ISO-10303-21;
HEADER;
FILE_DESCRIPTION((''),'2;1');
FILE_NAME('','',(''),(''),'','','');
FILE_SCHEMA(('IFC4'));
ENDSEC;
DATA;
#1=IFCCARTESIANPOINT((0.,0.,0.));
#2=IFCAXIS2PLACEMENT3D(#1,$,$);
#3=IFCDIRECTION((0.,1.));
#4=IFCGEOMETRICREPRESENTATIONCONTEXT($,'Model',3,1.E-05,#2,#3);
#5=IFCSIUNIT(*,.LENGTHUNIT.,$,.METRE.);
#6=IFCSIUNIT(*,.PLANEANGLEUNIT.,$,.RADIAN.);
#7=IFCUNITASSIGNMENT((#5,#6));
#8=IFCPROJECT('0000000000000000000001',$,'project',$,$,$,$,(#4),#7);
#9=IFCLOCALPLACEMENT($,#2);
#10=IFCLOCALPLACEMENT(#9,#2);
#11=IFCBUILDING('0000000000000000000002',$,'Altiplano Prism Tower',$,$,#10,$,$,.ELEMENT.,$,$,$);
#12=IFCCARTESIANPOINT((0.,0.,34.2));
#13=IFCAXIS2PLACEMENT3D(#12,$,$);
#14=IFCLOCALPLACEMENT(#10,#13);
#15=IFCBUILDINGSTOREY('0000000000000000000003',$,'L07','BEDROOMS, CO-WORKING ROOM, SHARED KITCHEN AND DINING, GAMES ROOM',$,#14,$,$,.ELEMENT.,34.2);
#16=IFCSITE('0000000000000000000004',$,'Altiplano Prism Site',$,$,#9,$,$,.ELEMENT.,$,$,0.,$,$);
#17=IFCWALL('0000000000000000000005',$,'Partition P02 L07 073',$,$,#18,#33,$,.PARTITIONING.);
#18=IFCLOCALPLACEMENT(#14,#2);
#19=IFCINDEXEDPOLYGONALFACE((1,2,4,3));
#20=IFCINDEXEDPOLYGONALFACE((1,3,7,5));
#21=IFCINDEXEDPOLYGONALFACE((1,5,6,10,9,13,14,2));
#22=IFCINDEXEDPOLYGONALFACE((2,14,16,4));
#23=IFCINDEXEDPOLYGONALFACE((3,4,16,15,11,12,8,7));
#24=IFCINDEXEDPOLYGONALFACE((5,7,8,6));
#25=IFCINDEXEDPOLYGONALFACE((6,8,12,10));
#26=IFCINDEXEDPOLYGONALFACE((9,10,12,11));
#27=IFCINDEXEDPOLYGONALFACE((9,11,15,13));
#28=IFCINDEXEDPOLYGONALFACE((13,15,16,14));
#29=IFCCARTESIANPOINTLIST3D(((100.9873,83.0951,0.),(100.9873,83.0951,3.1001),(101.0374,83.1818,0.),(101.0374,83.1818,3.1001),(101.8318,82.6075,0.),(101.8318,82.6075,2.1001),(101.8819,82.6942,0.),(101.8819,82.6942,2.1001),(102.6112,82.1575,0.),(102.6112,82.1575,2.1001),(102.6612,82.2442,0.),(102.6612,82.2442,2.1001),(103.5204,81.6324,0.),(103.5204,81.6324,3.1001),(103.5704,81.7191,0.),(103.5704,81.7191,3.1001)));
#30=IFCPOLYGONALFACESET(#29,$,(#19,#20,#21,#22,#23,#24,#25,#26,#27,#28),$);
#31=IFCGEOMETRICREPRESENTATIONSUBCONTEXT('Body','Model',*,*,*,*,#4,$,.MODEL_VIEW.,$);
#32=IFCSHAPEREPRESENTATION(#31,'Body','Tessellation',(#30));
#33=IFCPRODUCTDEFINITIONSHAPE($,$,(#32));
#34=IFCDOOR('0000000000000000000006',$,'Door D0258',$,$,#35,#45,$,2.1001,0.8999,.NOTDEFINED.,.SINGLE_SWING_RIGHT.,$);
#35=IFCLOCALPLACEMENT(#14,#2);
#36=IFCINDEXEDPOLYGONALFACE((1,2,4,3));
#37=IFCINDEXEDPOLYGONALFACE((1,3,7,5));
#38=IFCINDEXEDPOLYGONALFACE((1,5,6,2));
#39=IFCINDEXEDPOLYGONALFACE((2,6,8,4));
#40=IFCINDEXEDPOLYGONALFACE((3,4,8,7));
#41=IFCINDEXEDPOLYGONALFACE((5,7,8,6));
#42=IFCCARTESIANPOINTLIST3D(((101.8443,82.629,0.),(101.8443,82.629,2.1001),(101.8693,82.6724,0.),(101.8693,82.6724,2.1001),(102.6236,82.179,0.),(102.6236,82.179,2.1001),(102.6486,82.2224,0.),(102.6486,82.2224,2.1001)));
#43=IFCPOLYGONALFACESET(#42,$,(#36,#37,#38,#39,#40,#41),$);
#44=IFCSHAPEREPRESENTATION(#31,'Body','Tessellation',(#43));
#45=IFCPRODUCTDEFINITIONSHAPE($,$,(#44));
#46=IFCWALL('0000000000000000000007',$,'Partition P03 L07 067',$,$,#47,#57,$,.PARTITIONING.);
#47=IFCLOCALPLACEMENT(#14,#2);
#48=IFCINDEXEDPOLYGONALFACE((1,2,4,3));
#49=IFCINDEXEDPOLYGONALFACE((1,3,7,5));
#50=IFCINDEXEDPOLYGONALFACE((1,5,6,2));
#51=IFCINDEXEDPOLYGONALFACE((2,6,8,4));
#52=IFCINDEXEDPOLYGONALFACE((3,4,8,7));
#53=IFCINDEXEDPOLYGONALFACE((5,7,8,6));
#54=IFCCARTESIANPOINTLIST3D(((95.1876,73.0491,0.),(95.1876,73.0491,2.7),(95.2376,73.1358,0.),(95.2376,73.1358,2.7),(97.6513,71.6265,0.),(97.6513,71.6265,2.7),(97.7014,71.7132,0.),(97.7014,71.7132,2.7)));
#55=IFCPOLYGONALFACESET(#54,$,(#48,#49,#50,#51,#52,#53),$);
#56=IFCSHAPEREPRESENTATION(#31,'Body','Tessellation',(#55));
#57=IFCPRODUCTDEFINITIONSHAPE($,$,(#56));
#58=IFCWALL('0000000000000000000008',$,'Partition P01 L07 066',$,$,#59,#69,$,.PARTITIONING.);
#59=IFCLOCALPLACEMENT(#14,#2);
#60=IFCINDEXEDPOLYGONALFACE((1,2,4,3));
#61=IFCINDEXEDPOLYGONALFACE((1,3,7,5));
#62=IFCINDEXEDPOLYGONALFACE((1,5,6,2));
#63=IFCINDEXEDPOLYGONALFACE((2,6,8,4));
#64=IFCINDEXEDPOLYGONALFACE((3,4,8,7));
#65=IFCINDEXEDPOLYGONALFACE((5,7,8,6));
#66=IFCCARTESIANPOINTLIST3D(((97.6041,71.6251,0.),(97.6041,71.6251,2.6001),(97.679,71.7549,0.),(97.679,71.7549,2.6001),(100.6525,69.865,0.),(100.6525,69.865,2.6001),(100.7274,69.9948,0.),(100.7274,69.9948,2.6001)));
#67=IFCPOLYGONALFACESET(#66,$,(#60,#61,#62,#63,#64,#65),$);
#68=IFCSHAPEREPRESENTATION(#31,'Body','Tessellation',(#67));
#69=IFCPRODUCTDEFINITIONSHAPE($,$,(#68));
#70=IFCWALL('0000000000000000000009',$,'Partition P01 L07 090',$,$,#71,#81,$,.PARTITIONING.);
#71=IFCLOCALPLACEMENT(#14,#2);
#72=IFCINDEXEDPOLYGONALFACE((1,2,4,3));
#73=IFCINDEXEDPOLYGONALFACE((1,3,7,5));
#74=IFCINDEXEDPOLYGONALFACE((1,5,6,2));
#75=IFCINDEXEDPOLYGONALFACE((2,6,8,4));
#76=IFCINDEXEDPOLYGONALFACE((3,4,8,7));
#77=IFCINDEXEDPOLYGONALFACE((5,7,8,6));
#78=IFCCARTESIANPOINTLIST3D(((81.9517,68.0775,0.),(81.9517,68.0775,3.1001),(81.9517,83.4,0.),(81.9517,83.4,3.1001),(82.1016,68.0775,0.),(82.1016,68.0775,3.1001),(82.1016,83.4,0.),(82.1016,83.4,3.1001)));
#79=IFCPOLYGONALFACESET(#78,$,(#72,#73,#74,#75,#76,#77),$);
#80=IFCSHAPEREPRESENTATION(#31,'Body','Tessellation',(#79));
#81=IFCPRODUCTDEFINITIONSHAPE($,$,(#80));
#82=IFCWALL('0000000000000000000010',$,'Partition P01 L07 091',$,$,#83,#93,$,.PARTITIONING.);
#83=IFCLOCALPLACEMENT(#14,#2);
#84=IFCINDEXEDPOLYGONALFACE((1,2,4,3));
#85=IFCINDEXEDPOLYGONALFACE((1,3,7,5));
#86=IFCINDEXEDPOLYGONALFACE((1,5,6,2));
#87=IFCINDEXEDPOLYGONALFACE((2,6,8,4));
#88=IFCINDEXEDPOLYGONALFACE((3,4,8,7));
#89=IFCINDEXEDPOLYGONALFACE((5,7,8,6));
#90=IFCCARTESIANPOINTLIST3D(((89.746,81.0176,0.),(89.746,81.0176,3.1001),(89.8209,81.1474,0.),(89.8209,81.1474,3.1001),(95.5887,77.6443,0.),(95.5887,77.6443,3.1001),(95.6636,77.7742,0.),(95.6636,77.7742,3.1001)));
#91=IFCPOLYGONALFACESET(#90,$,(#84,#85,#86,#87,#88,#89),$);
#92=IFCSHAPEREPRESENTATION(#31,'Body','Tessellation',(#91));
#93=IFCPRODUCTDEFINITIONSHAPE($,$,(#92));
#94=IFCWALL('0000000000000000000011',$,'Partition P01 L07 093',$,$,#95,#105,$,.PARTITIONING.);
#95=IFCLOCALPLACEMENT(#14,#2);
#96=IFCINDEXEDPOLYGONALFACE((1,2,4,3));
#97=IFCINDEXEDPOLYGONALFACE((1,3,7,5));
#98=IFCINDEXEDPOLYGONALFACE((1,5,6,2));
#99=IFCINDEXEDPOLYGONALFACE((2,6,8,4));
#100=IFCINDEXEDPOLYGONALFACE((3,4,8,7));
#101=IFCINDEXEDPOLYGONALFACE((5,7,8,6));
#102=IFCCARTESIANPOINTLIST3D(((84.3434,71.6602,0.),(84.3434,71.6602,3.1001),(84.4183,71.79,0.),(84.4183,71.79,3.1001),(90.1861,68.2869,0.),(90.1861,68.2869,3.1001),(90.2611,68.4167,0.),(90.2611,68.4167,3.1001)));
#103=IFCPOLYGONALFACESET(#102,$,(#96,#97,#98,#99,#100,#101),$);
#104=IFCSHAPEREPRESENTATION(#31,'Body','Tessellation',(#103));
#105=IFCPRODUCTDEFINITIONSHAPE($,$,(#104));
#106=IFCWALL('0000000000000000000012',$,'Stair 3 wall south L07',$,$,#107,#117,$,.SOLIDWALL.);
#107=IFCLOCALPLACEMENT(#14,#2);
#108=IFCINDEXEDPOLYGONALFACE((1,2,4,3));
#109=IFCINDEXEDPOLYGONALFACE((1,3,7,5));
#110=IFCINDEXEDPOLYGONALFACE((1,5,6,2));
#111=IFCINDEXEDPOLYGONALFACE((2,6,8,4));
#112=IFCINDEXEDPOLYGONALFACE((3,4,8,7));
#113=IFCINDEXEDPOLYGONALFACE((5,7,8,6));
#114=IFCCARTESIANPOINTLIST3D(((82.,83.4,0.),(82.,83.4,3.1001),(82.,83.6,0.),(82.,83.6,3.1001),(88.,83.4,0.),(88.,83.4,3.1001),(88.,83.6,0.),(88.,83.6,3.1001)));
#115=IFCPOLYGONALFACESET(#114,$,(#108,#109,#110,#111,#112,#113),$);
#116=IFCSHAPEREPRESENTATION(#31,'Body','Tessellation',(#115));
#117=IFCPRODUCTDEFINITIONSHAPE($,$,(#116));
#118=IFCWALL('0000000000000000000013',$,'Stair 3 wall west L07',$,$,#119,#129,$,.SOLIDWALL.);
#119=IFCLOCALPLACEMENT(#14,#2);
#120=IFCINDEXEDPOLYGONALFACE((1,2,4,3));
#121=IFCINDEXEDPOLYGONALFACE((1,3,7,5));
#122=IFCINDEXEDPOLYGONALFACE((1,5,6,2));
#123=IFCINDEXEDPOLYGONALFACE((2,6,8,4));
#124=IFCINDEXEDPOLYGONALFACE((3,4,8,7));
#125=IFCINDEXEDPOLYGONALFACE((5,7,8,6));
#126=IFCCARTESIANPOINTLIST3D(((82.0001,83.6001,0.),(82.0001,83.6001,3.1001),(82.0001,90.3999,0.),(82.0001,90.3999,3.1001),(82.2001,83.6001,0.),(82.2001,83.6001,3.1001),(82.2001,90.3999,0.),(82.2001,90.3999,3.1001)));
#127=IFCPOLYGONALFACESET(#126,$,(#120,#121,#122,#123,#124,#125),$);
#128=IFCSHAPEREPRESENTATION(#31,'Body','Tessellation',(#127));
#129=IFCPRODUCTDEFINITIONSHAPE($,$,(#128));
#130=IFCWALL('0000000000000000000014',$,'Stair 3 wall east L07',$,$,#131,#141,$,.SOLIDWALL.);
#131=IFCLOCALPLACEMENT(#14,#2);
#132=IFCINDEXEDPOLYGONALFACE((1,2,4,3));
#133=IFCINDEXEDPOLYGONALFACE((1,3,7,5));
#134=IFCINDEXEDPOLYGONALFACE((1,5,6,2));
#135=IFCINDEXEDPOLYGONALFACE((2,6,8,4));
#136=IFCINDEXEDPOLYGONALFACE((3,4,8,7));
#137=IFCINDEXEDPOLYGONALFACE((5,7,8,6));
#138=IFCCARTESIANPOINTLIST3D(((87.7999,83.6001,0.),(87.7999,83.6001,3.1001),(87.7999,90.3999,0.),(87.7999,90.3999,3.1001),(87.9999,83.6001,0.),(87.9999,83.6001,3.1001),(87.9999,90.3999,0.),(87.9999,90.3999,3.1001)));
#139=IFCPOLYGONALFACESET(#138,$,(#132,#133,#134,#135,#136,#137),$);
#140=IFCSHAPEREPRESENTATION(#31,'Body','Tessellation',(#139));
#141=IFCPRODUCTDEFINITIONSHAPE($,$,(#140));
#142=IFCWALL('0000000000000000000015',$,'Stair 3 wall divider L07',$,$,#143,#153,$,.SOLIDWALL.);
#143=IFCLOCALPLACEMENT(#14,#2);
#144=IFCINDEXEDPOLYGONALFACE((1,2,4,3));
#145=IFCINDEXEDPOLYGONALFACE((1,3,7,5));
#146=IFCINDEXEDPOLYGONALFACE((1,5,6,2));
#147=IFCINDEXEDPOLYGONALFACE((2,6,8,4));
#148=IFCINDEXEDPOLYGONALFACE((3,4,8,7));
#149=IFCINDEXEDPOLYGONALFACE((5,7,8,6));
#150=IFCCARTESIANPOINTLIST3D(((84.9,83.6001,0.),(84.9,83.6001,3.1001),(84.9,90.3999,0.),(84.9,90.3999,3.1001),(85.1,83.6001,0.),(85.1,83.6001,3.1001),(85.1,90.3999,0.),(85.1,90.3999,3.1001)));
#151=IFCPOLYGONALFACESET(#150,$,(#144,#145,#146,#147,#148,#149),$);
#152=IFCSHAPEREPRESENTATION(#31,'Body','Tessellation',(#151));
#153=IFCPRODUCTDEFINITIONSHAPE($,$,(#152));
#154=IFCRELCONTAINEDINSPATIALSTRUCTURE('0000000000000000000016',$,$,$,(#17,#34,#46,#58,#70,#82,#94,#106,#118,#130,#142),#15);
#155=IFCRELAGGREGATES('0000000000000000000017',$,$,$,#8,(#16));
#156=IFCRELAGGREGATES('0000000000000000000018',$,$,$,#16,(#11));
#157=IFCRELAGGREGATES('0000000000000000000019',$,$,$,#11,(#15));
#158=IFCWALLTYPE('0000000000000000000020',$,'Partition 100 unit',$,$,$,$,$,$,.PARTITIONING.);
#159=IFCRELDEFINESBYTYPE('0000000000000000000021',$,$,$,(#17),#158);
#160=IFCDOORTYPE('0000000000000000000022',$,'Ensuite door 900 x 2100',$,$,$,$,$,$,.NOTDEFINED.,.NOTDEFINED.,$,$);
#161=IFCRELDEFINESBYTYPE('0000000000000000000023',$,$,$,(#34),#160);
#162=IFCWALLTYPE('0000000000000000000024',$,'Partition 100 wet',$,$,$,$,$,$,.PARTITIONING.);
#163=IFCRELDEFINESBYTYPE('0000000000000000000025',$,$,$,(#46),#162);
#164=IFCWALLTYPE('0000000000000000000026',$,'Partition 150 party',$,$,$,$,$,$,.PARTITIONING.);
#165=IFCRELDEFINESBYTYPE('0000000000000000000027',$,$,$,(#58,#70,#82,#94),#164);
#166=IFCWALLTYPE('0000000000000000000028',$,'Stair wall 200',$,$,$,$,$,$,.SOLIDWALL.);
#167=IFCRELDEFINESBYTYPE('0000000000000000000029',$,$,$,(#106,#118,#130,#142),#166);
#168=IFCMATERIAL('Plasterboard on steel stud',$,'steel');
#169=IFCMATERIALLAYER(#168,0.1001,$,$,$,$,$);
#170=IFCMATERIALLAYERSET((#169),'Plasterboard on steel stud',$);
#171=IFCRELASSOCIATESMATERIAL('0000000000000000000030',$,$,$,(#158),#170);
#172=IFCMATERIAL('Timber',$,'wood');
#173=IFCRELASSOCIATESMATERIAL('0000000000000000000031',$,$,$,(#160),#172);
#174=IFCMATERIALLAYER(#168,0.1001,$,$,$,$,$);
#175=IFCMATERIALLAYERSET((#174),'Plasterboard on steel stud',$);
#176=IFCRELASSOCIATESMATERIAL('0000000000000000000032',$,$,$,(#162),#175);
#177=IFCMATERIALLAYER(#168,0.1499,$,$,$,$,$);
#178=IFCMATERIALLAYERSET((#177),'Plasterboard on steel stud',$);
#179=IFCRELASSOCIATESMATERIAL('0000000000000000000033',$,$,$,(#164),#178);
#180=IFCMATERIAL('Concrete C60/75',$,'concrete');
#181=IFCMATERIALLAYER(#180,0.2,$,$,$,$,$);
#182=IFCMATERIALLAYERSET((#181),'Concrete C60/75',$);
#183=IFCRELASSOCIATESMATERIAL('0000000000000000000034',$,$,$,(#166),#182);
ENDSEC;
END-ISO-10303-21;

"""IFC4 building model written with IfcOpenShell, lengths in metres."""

from ifc_helpers import new_model, si_unit, direction, frame, frame_2d, origin, place, context, subcontext, project, spatial, rectangle, extrude, material, layer, layer_set, type_object, element, fill, save


model = new_model("IFC4")

# Units and contexts
model_context = context("Model", 3, precision=1e-05, world=origin(), true_north=direction((0.0, 1.0)))
body_context = subcontext(model_context, "Body", "Model", "MODEL_VIEW")
ifc_project = project(units=[si_unit("LENGTHUNIT", "METRE"), si_unit("PLANEANGLEUNIT", "RADIAN")], contexts=[model_context])

# Site, building, storey
site_placement = place(None, origin())
site = spatial("IfcSite", under=ifc_project, at=site_placement, Name="Altiplano Prism Site", CompositionType="ELEMENT", RefElevation=0.0)
building_placement = place(site_placement, origin())
building = spatial("IfcBuilding", under=site, at=building_placement, Name="Altiplano Prism Tower", CompositionType="ELEMENT")
storey_placement = place(building_placement, frame((0.0, 0.0, 34.2)))
storey = spatial("IfcBuildingStorey", under=building, at=storey_placement, Name="L07", Description="BEDROOMS, CO-WORKING ROOM, SHARED KITCHEN AND DINING, GAMES ROOM", CompositionType="ELEMENT", Elevation=34.2)

# Shared definitions
ifc_material_1 = material(Name="Concrete C60/75", Category="concrete")

# Shared definitions
ifc_material_2 = material(Name="Plasterboard on steel stud", Category="steel")
ifc_layer_1 = layer(ifc_material_2, 0.1001)
ifc_layer_set_1 = layer_set([ifc_layer_1], Name="Plasterboard on steel stud")
wall_type_1 = type_object("IfcWallType", Name="Partition 100 unit", PredefinedType="PARTITIONING", material=ifc_layer_set_1)

# Wall, opening, door
ifc_material_3 = material(Name="Timber", Category="wood")
door_type = type_object("IfcDoorType", Name="Ensuite door 900 x 2100", OperationType="NOTDEFINED", PredefinedType="NOTDEFINED", material=ifc_material_3)
wall_1_placement = place(storey_placement, frame((101.0125, 83.1384, 0.0), z_axis=(0.0, 0.0, 1.0), x_axis=(0.86599, -0.500062, 0.0)))
wall_1 = element("IfcWall", 1, at=wall_1_placement, inside=storey, type_object=wall_type_1, Name="Partition P02 L07 073", PredefinedType="PARTITIONING", context=body_context, shape_type="SweptSolid", body=[
    extrude(rectangle(XDim=2.925, YDim=0.1001, at=frame_2d((1.4624, 0.0))), origin(), (0.0, 0.0, 1.0), 3.1001),
])
opening_1_placement = place(wall_1_placement, frame((0.9751, 0.0, 0.0)))
opening_1 = element("IfcOpeningElement", 2, at=opening_1_placement, cuts=wall_1, PredefinedType="OPENING", context=body_context, shape_type="SweptSolid", body=[
    extrude(rectangle(XDim=0.8999, YDim=2.1001, at=frame_2d((0.45, 1.05))), frame((0.0, 0.0605, 0.0), z_axis=(0.0, -1.0, 0.0), x_axis=(1.0, 0.0, 0.0)), (0.0, 0.0, 1.0), 0.1211),
])
door_1_placement = place(opening_1_placement, origin())
door_1 = element("IfcDoor", 3, at=door_1_placement, inside=storey, type_object=door_type, Name="Door D0258", OperationType="SINGLE_SWING_RIGHT", OverallHeight=2.1001, OverallWidth=0.8999, PredefinedType="NOTDEFINED", context=body_context, shape_type="SweptSolid", body=[
    extrude(rectangle(XDim=0.8999, YDim=2.1001, at=frame_2d((0.45, 1.05))), frame((0.0, 0.0249, 0.0), z_axis=(0.0, -1.0, 0.0), x_axis=(1.0, 0.0, 0.0)), (0.0, 0.0, 1.0), 0.05),
])
fill(opening_1, door_1)

# Walls
ifc_layer_2 = layer(ifc_material_2, 0.1001)
ifc_layer_set_2 = layer_set([ifc_layer_2], Name="Plasterboard on steel stud")
wall_type_2 = type_object("IfcWallType", Name="Partition 100 wet", PredefinedType="PARTITIONING", material=ifc_layer_set_2)
wall_2_placement = place(storey_placement, frame((97.6763, 71.6699, 0.0), z_axis=(0.0, 0.0, 1.0), x_axis=(-0.866011, 0.500025, 0.0)))
element("IfcWall", 4, at=wall_2_placement, inside=storey, type_object=wall_type_2, Name="Partition P03 L07 067", PredefinedType="PARTITIONING", context=body_context, shape_type="SweptSolid", body=[
    extrude(rectangle(XDim=2.845, YDim=0.1001, at=frame_2d((1.4224, 0.0))), origin(), (0.0, 0.0, 1.0), 2.7),
])
ifc_layer_3 = layer(ifc_material_2, 0.1499)
ifc_layer_set_3 = layer_set([ifc_layer_3], Name="Plasterboard on steel stud")
wall_type_3 = type_object("IfcWallType", Name="Partition 150 party", PredefinedType="PARTITIONING", material=ifc_layer_set_3)
wall_3_placement = place(storey_placement, frame((100.6899, 69.9299, 0.0), z_axis=(0.0, 0.0, 1.0), x_axis=(-0.866019, 0.500011, 0.0)))
element("IfcWall", 5, at=wall_3_placement, inside=storey, type_object=wall_type_3, Name="Partition P01 L07 066", PredefinedType="PARTITIONING", context=body_context, shape_type="SweptSolid", body=[
    extrude(rectangle(XDim=3.52, YDim=0.1499, at=frame_2d((1.76, 0.0))), origin(), (0.0, 0.0, 1.0), 2.6001),
])
wall_4_placement = place(storey_placement, frame((82.0266, 83.3999, 0.0), z_axis=(0.0, 0.0, 1.0), x_axis=(0.0, -1.0, 0.0)))
element("IfcWall", 6, at=wall_4_placement, inside=storey, type_object=wall_type_3, Name="Partition P01 L07 090", PredefinedType="PARTITIONING", context=body_context, shape_type="SweptSolid", body=[
    extrude(rectangle(XDim=15.3225, YDim=0.1499, at=frame_2d((7.6611, 0.0))), origin(), (0.0, 0.0, 1.0), 3.1001),
])
for number, where, z_axis, x_axis, name in (
    (7, (89.7834, 81.0825, 0.0), (0.0, 0.0, 1.0), (0.866028, -0.499996, 0.0), "Partition P01 L07 091"),
    (8, (84.3809, 71.7251, 0.0), (0.0, 0.0, 1.0), (0.866028, -0.499996, 0.0), "Partition P01 L07 093"),
):
    element("IfcWall", number, at=place(storey_placement, frame(where, z_axis=z_axis, x_axis=x_axis)), inside=storey, type_object=wall_type_3, Name=name, PredefinedType="PARTITIONING", context=body_context, shape_type="SweptSolid", body=[
        extrude(rectangle(XDim=6.7466, YDim=0.1499, at=frame_2d((3.3733, 0.0))), origin(), (0.0, 0.0, 1.0), 3.1001),
    ])
ifc_layer_4 = layer(ifc_material_1, 0.2)
ifc_layer_set_4 = layer_set([ifc_layer_4], Name="Concrete C60/75")
wall_type_4 = type_object("IfcWallType", Name="Stair wall 200", PredefinedType="SOLIDWALL", material=ifc_layer_set_4)
wall_5_placement = place(storey_placement, frame((82.0, 83.5, 0.0), z_axis=(0.0, 0.0, 1.0), x_axis=(1.0, 0.0, 0.0)))
element("IfcWall", 9, at=wall_5_placement, inside=storey, type_object=wall_type_4, Name="Stair 3 wall south L07", PredefinedType="SOLIDWALL", context=body_context, shape_type="SweptSolid", body=[
    extrude(rectangle(XDim=6.0, YDim=0.2, at=frame_2d((3.0, 0.0))), origin(), (0.0, 0.0, 1.0), 3.1001),
])
for number, where, z_axis, x_axis, name in (
    (10, (82.1001, 83.6001, 0.0), (0.0, 0.0, 1.0), (0.0, 1.0, 0.0), "Stair 3 wall west L07"),
    (11, (87.8999, 83.6001, 0.0), (0.0, 0.0, 1.0), (0.0, 1.0, 0.0), "Stair 3 wall east L07"),
    (12, (85.0, 83.6001, 0.0), (0.0, 0.0, 1.0), (0.0, 1.0, 0.0), "Stair 3 wall divider L07"),
):
    element("IfcWall", number, at=place(storey_placement, frame(where, z_axis=z_axis, x_axis=x_axis)), inside=storey, type_object=wall_type_4, Name=name, PredefinedType="SOLIDWALL", context=body_context, shape_type="SweptSolid", body=[
        extrude(rectangle(XDim=6.7998, YDim=0.2, at=frame_2d((3.3999, 0.0))), origin(), (0.0, 0.0, 1.0), 3.1001),
    ])

save(model, "model.ifc")
